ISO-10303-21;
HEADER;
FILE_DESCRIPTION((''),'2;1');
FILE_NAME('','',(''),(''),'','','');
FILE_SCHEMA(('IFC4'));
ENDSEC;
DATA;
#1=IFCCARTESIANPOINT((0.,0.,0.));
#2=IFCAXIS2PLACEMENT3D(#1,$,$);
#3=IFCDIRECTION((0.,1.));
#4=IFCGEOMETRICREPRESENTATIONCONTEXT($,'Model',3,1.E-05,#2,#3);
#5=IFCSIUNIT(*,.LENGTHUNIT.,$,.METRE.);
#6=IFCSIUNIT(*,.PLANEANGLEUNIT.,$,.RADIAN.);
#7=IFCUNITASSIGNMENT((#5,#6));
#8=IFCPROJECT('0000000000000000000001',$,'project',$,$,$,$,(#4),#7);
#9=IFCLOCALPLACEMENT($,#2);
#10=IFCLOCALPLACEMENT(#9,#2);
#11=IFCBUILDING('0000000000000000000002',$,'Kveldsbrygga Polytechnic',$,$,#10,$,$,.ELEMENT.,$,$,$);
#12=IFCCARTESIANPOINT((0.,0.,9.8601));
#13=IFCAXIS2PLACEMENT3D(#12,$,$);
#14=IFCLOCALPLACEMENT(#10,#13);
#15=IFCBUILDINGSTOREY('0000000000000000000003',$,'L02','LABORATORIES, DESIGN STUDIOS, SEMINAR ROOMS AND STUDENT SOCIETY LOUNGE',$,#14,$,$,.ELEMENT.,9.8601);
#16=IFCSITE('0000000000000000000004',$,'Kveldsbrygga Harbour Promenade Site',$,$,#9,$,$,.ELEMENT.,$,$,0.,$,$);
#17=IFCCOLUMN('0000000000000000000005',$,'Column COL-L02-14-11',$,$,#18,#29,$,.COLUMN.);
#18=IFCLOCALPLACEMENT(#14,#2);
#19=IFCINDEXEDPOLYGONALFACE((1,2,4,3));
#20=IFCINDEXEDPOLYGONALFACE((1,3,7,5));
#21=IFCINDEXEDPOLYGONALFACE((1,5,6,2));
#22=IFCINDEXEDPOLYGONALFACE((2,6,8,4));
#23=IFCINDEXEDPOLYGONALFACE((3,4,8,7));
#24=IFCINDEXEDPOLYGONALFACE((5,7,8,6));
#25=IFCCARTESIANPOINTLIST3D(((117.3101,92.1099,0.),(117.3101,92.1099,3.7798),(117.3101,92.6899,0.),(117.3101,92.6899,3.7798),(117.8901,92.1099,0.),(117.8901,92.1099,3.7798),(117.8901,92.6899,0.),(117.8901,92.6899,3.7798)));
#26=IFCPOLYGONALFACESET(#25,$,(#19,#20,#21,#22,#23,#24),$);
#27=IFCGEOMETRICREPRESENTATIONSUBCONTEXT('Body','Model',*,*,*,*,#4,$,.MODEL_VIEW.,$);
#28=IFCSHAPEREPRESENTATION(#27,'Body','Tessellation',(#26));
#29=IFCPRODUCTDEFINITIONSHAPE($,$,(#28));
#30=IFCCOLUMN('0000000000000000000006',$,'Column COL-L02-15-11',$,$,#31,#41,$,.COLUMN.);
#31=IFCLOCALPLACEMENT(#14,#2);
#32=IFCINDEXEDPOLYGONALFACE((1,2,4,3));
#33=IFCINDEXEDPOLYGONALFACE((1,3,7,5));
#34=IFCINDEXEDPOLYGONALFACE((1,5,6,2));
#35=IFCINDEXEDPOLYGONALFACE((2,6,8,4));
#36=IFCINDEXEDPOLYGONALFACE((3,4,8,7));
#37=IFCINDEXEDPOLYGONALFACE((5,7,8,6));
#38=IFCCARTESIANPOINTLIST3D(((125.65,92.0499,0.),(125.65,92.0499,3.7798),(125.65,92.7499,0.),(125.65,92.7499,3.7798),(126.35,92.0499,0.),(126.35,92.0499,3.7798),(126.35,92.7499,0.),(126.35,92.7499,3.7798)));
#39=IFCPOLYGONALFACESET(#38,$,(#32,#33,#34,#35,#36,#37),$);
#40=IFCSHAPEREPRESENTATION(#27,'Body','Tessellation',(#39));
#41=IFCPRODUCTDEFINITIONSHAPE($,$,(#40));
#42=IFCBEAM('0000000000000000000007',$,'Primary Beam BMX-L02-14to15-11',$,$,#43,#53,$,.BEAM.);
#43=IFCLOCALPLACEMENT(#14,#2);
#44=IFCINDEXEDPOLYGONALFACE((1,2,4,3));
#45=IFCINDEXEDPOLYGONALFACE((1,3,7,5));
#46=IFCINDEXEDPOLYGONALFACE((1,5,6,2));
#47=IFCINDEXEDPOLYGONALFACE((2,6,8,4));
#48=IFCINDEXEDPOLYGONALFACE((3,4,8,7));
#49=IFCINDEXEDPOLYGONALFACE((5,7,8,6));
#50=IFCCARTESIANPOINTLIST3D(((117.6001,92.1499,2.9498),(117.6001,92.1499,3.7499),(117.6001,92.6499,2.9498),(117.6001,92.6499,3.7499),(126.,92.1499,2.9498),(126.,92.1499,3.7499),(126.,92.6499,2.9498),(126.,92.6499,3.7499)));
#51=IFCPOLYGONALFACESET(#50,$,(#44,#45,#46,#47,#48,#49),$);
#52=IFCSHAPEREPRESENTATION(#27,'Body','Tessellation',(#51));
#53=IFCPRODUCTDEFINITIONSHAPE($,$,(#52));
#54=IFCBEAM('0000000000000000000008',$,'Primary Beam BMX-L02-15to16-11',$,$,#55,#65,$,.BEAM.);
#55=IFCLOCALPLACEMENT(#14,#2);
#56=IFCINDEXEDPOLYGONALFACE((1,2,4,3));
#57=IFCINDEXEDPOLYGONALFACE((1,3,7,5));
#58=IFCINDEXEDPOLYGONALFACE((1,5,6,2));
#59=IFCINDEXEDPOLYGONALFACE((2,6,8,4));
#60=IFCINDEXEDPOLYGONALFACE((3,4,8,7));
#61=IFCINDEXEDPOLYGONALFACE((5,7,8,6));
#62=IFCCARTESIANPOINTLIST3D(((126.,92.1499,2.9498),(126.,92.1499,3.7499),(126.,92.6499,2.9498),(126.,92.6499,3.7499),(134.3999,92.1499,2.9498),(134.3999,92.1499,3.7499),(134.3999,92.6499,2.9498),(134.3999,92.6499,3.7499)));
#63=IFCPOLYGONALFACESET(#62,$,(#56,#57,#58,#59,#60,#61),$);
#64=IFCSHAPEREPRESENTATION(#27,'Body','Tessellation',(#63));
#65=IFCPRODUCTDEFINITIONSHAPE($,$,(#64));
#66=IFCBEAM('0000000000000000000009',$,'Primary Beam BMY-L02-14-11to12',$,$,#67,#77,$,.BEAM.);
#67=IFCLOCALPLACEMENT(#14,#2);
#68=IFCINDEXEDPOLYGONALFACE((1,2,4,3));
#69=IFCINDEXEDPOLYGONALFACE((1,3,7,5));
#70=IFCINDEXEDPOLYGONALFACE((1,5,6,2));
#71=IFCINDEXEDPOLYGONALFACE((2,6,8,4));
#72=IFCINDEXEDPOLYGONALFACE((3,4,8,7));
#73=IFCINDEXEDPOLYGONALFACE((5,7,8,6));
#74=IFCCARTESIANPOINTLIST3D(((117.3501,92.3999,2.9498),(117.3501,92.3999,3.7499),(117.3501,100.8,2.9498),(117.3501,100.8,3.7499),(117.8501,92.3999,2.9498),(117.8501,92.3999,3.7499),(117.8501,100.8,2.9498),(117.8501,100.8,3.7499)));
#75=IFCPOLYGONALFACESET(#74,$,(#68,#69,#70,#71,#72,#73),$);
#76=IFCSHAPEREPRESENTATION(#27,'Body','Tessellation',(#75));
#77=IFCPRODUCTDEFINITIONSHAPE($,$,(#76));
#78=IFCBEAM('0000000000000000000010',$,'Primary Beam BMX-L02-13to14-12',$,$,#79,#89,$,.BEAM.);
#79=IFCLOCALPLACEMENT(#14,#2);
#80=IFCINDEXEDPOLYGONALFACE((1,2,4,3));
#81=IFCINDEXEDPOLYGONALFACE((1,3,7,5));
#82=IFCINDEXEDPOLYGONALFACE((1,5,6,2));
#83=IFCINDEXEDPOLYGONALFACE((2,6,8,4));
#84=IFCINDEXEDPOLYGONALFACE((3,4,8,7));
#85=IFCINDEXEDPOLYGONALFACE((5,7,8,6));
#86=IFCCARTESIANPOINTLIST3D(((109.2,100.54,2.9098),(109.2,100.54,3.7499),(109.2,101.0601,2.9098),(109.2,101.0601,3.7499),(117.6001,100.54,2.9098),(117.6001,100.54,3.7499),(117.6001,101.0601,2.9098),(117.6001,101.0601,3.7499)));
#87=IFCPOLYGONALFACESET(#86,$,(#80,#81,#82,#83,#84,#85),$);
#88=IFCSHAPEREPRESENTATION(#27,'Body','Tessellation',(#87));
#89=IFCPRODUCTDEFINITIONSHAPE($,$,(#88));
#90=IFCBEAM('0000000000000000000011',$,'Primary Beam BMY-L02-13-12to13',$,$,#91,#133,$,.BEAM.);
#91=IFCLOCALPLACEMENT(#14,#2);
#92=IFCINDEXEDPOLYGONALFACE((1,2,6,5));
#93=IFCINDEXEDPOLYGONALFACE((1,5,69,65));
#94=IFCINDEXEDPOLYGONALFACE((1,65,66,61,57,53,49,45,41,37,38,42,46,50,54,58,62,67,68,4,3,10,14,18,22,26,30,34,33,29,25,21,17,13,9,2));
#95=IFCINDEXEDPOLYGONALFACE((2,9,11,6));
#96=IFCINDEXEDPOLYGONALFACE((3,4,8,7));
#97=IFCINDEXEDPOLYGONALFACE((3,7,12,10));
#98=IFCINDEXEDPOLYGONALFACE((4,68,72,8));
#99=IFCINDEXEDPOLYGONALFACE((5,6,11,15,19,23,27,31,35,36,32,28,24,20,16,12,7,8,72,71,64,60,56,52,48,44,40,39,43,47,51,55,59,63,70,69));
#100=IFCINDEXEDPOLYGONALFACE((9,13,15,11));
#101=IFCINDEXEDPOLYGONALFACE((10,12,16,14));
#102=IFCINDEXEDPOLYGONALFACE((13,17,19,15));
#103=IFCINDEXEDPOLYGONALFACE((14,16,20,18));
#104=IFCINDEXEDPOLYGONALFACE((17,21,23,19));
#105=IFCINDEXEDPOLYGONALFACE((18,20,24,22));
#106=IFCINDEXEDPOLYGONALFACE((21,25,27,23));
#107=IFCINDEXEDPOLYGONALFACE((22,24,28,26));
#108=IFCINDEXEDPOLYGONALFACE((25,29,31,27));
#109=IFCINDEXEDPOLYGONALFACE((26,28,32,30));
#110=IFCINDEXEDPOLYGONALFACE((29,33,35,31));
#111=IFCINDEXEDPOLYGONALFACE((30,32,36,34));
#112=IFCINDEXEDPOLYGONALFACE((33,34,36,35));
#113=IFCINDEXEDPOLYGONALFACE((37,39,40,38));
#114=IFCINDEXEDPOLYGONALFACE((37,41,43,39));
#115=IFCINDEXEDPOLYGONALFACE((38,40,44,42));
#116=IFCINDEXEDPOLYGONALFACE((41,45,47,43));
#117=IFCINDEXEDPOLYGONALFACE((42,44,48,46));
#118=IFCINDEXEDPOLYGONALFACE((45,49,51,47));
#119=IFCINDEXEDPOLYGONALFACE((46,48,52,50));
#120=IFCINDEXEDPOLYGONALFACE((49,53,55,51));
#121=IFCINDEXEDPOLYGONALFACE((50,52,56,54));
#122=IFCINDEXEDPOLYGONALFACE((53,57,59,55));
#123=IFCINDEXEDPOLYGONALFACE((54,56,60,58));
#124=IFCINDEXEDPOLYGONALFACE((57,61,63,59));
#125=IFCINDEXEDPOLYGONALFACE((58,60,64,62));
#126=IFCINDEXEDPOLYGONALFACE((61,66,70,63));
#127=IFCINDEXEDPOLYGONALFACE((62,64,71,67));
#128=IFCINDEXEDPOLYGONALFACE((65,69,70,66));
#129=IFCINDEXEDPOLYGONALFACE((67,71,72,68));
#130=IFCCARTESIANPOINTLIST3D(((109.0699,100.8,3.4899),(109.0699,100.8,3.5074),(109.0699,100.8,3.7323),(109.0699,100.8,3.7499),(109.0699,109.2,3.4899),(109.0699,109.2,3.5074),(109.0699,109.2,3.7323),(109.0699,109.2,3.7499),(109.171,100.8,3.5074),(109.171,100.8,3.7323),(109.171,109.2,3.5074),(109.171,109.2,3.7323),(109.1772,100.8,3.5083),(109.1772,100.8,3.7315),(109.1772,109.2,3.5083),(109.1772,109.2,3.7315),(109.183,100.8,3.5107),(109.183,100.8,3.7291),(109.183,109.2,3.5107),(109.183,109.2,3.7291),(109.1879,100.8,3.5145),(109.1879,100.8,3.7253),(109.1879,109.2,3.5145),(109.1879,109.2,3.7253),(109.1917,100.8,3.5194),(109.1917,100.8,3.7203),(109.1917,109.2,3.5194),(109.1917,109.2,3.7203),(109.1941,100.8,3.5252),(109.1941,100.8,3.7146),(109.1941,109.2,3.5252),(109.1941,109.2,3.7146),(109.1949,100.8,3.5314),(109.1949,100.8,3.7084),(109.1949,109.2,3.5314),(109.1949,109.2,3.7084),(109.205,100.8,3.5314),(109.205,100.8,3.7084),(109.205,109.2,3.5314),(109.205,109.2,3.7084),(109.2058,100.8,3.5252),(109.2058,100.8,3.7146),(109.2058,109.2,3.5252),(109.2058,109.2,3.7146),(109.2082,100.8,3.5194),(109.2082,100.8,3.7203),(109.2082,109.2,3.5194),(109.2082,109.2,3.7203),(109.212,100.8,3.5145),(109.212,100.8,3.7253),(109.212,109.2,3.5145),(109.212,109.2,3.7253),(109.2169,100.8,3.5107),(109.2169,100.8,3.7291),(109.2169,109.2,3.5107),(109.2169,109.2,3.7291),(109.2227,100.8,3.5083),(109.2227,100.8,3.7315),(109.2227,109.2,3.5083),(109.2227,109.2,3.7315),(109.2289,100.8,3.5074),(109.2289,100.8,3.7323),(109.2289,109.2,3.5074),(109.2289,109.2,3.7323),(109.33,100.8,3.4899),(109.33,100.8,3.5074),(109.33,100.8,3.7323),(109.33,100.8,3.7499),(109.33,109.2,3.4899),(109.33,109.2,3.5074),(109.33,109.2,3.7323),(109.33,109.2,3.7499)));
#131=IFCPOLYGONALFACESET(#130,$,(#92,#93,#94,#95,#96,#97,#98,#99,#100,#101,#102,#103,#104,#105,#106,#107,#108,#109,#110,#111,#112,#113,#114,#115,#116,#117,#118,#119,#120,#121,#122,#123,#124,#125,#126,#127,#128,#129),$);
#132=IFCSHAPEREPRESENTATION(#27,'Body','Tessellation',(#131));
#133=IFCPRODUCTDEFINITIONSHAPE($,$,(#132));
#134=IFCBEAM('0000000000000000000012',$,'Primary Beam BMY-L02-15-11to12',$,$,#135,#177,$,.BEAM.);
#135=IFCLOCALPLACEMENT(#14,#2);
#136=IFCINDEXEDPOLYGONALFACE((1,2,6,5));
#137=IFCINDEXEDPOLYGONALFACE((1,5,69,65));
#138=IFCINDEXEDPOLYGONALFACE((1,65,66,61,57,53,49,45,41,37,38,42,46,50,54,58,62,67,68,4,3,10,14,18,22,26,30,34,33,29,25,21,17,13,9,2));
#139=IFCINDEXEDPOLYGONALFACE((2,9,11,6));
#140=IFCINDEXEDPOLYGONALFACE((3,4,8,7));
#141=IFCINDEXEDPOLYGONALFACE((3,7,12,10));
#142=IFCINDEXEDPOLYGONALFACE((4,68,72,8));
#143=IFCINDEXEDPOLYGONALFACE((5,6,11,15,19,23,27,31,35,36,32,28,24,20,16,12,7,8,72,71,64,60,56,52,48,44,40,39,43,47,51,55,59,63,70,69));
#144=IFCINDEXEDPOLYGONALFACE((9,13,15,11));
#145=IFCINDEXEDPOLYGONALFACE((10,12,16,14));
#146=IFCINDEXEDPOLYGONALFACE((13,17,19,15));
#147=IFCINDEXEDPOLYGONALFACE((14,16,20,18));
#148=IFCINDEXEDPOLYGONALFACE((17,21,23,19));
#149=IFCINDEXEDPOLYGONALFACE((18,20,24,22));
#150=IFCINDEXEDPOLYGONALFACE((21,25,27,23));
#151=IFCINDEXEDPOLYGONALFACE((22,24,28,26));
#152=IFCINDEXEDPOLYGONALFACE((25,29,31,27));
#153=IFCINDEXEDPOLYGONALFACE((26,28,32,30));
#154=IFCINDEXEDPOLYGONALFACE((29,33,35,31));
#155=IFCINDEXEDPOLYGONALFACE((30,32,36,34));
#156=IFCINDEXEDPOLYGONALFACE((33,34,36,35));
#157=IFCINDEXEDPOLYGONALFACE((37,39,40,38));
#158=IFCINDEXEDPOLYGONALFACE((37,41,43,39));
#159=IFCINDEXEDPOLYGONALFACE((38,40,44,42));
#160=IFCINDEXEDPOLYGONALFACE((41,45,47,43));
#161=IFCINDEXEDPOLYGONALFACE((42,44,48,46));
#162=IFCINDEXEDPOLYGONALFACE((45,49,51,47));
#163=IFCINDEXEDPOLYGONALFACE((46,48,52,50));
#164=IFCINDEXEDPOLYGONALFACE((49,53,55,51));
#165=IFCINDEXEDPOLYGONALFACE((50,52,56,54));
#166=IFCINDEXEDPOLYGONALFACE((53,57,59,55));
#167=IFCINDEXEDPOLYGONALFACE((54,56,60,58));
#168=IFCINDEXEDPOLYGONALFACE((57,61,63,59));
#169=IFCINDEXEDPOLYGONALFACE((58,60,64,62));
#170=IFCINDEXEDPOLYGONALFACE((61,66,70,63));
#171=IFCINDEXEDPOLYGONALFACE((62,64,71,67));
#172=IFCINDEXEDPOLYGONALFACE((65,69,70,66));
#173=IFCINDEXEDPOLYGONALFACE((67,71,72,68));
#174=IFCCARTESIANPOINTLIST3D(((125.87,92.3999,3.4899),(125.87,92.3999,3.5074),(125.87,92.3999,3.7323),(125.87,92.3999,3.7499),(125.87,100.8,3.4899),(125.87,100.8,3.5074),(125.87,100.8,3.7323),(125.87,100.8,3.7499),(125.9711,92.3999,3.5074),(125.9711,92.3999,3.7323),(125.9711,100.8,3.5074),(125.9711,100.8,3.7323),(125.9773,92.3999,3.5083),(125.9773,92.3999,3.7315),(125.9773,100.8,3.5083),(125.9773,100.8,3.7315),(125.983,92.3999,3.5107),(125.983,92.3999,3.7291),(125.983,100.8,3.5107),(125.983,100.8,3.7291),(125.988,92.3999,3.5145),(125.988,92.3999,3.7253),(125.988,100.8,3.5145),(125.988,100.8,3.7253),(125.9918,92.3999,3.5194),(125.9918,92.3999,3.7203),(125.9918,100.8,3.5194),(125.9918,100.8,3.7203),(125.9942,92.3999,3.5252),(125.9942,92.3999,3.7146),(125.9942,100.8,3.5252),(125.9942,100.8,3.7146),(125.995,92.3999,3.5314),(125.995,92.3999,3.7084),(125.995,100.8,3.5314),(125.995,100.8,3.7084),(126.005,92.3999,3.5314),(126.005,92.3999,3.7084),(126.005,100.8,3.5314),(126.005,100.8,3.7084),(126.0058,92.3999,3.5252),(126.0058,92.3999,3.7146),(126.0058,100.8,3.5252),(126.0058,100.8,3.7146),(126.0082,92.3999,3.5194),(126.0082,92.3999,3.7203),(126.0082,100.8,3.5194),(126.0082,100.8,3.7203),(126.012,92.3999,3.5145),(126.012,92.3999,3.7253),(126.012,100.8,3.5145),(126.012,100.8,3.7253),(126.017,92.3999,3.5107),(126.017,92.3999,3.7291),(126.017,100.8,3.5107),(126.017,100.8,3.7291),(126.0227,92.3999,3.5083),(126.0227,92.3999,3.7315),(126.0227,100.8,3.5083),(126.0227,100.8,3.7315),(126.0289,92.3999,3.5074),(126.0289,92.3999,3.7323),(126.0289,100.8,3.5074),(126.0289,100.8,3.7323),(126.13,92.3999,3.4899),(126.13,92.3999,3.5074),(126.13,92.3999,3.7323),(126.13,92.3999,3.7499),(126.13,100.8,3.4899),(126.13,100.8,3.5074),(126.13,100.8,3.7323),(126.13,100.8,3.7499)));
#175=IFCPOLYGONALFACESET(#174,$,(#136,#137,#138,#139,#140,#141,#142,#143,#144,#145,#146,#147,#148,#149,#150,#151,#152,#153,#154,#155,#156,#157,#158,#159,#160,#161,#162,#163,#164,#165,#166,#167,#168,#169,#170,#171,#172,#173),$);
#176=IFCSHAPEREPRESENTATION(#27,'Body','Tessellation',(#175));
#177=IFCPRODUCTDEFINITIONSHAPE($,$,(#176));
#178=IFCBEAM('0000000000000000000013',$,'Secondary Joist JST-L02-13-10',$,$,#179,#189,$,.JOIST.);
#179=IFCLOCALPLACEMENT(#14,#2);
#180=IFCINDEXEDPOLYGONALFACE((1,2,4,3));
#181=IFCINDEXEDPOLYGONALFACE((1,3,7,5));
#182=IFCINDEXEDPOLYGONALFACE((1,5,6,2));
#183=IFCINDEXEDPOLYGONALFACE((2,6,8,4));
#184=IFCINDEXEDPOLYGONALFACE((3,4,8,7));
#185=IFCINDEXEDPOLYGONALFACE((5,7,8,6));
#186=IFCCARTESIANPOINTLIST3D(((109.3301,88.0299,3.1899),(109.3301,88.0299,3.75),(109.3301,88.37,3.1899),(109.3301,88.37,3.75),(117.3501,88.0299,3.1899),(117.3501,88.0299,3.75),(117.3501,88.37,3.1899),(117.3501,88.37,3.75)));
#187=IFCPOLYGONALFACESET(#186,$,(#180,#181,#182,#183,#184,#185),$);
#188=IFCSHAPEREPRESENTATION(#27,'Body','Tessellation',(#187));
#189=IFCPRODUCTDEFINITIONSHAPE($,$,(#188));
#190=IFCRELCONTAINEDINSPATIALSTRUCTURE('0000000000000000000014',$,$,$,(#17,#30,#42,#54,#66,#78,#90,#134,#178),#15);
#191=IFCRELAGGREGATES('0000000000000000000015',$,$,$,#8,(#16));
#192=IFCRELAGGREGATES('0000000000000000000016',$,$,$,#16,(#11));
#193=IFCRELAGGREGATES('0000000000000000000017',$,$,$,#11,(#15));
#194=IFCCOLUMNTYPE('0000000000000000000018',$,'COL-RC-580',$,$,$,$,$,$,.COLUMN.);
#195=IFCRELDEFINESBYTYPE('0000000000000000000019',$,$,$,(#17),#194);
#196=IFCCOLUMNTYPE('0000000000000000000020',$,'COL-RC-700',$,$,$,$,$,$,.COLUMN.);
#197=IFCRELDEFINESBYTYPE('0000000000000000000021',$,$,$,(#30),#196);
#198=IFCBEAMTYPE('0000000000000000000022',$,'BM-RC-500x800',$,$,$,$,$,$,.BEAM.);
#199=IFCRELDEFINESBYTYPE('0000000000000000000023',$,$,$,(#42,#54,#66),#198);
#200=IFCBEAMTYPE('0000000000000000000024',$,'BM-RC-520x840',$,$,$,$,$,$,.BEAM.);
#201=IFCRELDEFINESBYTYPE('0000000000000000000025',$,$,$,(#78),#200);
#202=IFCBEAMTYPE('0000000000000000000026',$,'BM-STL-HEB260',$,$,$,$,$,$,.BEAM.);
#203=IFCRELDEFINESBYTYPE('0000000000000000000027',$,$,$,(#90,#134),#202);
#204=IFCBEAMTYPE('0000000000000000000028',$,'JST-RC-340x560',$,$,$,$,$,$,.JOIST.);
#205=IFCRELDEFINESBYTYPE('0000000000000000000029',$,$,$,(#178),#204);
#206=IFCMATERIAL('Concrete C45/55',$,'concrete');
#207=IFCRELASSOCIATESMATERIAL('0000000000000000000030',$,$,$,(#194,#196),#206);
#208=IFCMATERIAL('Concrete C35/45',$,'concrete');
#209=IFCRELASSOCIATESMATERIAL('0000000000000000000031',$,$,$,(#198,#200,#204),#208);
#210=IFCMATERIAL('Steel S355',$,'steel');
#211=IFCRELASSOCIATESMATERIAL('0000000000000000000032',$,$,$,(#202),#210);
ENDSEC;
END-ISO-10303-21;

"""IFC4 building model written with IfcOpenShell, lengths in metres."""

from ifc_helpers import new_model, si_unit, direction, frame, origin, origin_2d, place, context, subcontext, project, spatial, rectangle, i_section, extrude, material, material_profile, profile_set, type_object, element, save


model = new_model("IFC4")

# Units and contexts
model_context = context("Model", 3, precision=1e-05, world=origin(), true_north=direction((0.0, 1.0)))
body_context = subcontext(model_context, "Body", "Model", "MODEL_VIEW")
ifc_project = project(units=[si_unit("LENGTHUNIT", "METRE"), si_unit("PLANEANGLEUNIT", "RADIAN")], contexts=[model_context])

# Site, building, storey
site_placement = place(None, origin())
site = spatial("IfcSite", under=ifc_project, at=site_placement, Name="Kveldsbrygga Harbour Promenade Site", CompositionType="ELEMENT", RefElevation=0.0)
building_placement = place(site_placement, origin())
building = spatial("IfcBuilding", under=site, at=building_placement, Name="Kveldsbrygga Polytechnic", CompositionType="ELEMENT")
storey_placement = place(building_placement, frame((0.0, 0.0, 9.8601)))
storey = spatial("IfcBuildingStorey", under=building, at=storey_placement, Name="L02", Description="LABORATORIES, DESIGN STUDIOS, SEMINAR ROOMS AND STUDENT SOCIETY LOUNGE", CompositionType="ELEMENT", Elevation=9.8601)

# Columns
ifc_material_1 = material(Name="Concrete C45/55", Category="concrete")
ifc_material_profile_1 = material_profile(ifc_material_1, rectangle(XDim=0.5801, YDim=0.5801, at=origin_2d()), Name="RC 580x580")
ifc_profile_set_1 = profile_set([ifc_material_profile_1], Name="Concrete C45/55")
column_type_1 = type_object("IfcColumnType", Name="COL-RC-580", PredefinedType="COLUMN", material=ifc_profile_set_1)
column_1_placement = place(storey_placement, frame((117.6001, 92.3999, 0.0), z_axis=(0.0, 0.0, 1.0), x_axis=(1.0, 0.0, 0.0)))
element("IfcColumn", 1, at=column_1_placement, inside=storey, type_object=column_type_1, Name="Column COL-L02-14-11", PredefinedType="COLUMN", context=body_context, shape_type="SweptSolid", body=[
    extrude(rectangle(XDim=0.5801, YDim=0.5801, at=origin_2d()), origin(), (0.0, 0.0, 1.0), 3.7798),
])
ifc_material_profile_2 = material_profile(ifc_material_1, rectangle(XDim=0.7, YDim=0.7, at=origin_2d()), Name="RC 700x700")
ifc_profile_set_2 = profile_set([ifc_material_profile_2], Name="Concrete C45/55")
column_type_2 = type_object("IfcColumnType", Name="COL-RC-700", PredefinedType="COLUMN", material=ifc_profile_set_2)
column_2_placement = place(storey_placement, frame((126.0, 92.3999, 0.0), z_axis=(0.0, 0.0, 1.0), x_axis=(1.0, 0.0, 0.0)))
element("IfcColumn", 2, at=column_2_placement, inside=storey, type_object=column_type_2, Name="Column COL-L02-15-11", PredefinedType="COLUMN", context=body_context, shape_type="SweptSolid", body=[
    extrude(rectangle(XDim=0.7, YDim=0.7, at=origin_2d()), origin(), (0.0, 0.0, 1.0), 3.7798),
])

# Beams
ifc_material_2 = material(Name="Concrete C35/45", Category="concrete")
ifc_material_profile_3 = material_profile(ifc_material_2, rectangle(XDim=0.5, YDim=0.8, at=origin_2d()), Name="RC 500x800")
ifc_profile_set_3 = profile_set([ifc_material_profile_3], Name="Concrete C35/45")
beam_type_1 = type_object("IfcBeamType", Name="BM-RC-500x800", PredefinedType="BEAM", material=ifc_profile_set_3)
for number, where, z_axis, x_axis, name in (
    (3, (117.6001, 92.3999, 3.3499), (1.0, 0.0, 0.0), (0.0, 1.0, 0.0), "Primary Beam BMX-L02-14to15-11"),
    (4, (126.0, 92.3999, 3.3499), (1.0, 0.0, 0.0), (0.0, 1.0, 0.0), "Primary Beam BMX-L02-15to16-11"),
):
    element("IfcBeam", number, at=place(storey_placement, frame(where, z_axis=z_axis, x_axis=x_axis)), inside=storey, type_object=beam_type_1, Name=name, PredefinedType="BEAM", context=body_context, shape_type="SweptSolid", body=[
        extrude(rectangle(XDim=0.5, YDim=0.8, at=origin_2d()), origin(), (0.0, 0.0, 1.0), 8.3999),
    ])
beam_1_placement = place(storey_placement, frame((117.6001, 92.3999, 3.3499), z_axis=(0.0, 1.0, 0.0), x_axis=(-1.0, 0.0, 0.0)))
element("IfcBeam", 5, at=beam_1_placement, inside=storey, type_object=beam_type_1, Name="Primary Beam BMY-L02-14-11to12", PredefinedType="BEAM", context=body_context, shape_type="SweptSolid", body=[
    extrude(rectangle(XDim=0.5, YDim=0.8, at=origin_2d()), origin(), (0.0, 0.0, 1.0), 8.4001),
])
ifc_material_profile_4 = material_profile(ifc_material_2, rectangle(XDim=0.52, YDim=0.8401, at=origin_2d()), Name="RC 520x840")
ifc_profile_set_4 = profile_set([ifc_material_profile_4], Name="Concrete C35/45")
beam_type_2 = type_object("IfcBeamType", Name="BM-RC-520x840", PredefinedType="BEAM", material=ifc_profile_set_4)
beam_2_placement = place(storey_placement, frame((109.2, 100.8, 3.3298), z_axis=(1.0, 0.0, 0.0), x_axis=(0.0, 1.0, 0.0)))
element("IfcBeam", 6, at=beam_2_placement, inside=storey, type_object=beam_type_2, Name="Primary Beam BMX-L02-13to14-12", PredefinedType="BEAM", context=body_context, shape_type="SweptSolid", body=[
    extrude(rectangle(XDim=0.52, YDim=0.8401, at=origin_2d()), origin(), (0.0, 0.0, 1.0), 8.4001),
])
ifc_material_3 = material(Name="Steel S355", Category="steel")
ifc_material_profile_5 = material_profile(ifc_material_3, i_section(OverallWidth=0.26, OverallDepth=0.26, WebThickness=0.01, FlangeThickness=0.0176, FilletRadius=0.0239, at=origin_2d()), Name="HEB 260")
ifc_profile_set_5 = profile_set([ifc_material_profile_5], Name="Steel S355")
beam_type_3 = type_object("IfcBeamType", Name="BM-STL-HEB260", PredefinedType="BEAM", material=ifc_profile_set_5)
beam_3_placement = place(storey_placement, frame((109.2, 100.8, 3.6199), z_axis=(0.0, 1.0, 0.0), x_axis=(-1.0, 0.0, 0.0)))
element("IfcBeam", 7, at=beam_3_placement, inside=storey, type_object=beam_type_3, Name="Primary Beam BMY-L02-13-12to13", PredefinedType="BEAM", context=body_context, shape_type="SweptSolid", body=[
    extrude(i_section(OverallWidth=0.26, OverallDepth=0.26, WebThickness=0.01, FlangeThickness=0.0176, FilletRadius=0.0239, at=origin_2d()), origin(), (0.0, 0.0, 1.0), 8.3999),
])
beam_4_placement = place(storey_placement, frame((126.0, 92.3999, 3.6199), z_axis=(0.0, 1.0, 0.0), x_axis=(-1.0, 0.0, 0.0)))
element("IfcBeam", 8, at=beam_4_placement, inside=storey, type_object=beam_type_3, Name="Primary Beam BMY-L02-15-11to12", PredefinedType="BEAM", context=body_context, shape_type="SweptSolid", body=[
    extrude(i_section(OverallWidth=0.26, OverallDepth=0.26, WebThickness=0.01, FlangeThickness=0.0176, FilletRadius=0.0239, at=origin_2d()), origin(), (0.0, 0.0, 1.0), 8.4001),
])
ifc_material_profile_6 = material_profile(ifc_material_2, rectangle(XDim=0.3401, YDim=0.5601, at=origin_2d()), Name="RC 340x560")
ifc_profile_set_6 = profile_set([ifc_material_profile_6], Name="Concrete C35/45")
beam_type_4 = type_object("IfcBeamType", Name="JST-RC-340x560", PredefinedType="JOIST", material=ifc_profile_set_6)
for number, where, z_axis, x_axis, name in (
    (9, (109.3301, 88.2, 3.47), (1.0, 0.0, 0.0), (0.0, 1.0, 0.0), "Secondary Joist JST-L02-13-10"),
):
    element("IfcBeam", number, at=place(storey_placement, frame(where, z_axis=z_axis, x_axis=x_axis)), inside=storey, type_object=beam_type_4, Name=name, PredefinedType="JOIST", context=body_context, shape_type="SweptSolid", body=[
        extrude(rectangle(XDim=0.3401, YDim=0.5601, at=origin_2d()), origin(), (0.0, 0.0, 1.0), 8.02),
    ])

save(model, "model.ifc")
